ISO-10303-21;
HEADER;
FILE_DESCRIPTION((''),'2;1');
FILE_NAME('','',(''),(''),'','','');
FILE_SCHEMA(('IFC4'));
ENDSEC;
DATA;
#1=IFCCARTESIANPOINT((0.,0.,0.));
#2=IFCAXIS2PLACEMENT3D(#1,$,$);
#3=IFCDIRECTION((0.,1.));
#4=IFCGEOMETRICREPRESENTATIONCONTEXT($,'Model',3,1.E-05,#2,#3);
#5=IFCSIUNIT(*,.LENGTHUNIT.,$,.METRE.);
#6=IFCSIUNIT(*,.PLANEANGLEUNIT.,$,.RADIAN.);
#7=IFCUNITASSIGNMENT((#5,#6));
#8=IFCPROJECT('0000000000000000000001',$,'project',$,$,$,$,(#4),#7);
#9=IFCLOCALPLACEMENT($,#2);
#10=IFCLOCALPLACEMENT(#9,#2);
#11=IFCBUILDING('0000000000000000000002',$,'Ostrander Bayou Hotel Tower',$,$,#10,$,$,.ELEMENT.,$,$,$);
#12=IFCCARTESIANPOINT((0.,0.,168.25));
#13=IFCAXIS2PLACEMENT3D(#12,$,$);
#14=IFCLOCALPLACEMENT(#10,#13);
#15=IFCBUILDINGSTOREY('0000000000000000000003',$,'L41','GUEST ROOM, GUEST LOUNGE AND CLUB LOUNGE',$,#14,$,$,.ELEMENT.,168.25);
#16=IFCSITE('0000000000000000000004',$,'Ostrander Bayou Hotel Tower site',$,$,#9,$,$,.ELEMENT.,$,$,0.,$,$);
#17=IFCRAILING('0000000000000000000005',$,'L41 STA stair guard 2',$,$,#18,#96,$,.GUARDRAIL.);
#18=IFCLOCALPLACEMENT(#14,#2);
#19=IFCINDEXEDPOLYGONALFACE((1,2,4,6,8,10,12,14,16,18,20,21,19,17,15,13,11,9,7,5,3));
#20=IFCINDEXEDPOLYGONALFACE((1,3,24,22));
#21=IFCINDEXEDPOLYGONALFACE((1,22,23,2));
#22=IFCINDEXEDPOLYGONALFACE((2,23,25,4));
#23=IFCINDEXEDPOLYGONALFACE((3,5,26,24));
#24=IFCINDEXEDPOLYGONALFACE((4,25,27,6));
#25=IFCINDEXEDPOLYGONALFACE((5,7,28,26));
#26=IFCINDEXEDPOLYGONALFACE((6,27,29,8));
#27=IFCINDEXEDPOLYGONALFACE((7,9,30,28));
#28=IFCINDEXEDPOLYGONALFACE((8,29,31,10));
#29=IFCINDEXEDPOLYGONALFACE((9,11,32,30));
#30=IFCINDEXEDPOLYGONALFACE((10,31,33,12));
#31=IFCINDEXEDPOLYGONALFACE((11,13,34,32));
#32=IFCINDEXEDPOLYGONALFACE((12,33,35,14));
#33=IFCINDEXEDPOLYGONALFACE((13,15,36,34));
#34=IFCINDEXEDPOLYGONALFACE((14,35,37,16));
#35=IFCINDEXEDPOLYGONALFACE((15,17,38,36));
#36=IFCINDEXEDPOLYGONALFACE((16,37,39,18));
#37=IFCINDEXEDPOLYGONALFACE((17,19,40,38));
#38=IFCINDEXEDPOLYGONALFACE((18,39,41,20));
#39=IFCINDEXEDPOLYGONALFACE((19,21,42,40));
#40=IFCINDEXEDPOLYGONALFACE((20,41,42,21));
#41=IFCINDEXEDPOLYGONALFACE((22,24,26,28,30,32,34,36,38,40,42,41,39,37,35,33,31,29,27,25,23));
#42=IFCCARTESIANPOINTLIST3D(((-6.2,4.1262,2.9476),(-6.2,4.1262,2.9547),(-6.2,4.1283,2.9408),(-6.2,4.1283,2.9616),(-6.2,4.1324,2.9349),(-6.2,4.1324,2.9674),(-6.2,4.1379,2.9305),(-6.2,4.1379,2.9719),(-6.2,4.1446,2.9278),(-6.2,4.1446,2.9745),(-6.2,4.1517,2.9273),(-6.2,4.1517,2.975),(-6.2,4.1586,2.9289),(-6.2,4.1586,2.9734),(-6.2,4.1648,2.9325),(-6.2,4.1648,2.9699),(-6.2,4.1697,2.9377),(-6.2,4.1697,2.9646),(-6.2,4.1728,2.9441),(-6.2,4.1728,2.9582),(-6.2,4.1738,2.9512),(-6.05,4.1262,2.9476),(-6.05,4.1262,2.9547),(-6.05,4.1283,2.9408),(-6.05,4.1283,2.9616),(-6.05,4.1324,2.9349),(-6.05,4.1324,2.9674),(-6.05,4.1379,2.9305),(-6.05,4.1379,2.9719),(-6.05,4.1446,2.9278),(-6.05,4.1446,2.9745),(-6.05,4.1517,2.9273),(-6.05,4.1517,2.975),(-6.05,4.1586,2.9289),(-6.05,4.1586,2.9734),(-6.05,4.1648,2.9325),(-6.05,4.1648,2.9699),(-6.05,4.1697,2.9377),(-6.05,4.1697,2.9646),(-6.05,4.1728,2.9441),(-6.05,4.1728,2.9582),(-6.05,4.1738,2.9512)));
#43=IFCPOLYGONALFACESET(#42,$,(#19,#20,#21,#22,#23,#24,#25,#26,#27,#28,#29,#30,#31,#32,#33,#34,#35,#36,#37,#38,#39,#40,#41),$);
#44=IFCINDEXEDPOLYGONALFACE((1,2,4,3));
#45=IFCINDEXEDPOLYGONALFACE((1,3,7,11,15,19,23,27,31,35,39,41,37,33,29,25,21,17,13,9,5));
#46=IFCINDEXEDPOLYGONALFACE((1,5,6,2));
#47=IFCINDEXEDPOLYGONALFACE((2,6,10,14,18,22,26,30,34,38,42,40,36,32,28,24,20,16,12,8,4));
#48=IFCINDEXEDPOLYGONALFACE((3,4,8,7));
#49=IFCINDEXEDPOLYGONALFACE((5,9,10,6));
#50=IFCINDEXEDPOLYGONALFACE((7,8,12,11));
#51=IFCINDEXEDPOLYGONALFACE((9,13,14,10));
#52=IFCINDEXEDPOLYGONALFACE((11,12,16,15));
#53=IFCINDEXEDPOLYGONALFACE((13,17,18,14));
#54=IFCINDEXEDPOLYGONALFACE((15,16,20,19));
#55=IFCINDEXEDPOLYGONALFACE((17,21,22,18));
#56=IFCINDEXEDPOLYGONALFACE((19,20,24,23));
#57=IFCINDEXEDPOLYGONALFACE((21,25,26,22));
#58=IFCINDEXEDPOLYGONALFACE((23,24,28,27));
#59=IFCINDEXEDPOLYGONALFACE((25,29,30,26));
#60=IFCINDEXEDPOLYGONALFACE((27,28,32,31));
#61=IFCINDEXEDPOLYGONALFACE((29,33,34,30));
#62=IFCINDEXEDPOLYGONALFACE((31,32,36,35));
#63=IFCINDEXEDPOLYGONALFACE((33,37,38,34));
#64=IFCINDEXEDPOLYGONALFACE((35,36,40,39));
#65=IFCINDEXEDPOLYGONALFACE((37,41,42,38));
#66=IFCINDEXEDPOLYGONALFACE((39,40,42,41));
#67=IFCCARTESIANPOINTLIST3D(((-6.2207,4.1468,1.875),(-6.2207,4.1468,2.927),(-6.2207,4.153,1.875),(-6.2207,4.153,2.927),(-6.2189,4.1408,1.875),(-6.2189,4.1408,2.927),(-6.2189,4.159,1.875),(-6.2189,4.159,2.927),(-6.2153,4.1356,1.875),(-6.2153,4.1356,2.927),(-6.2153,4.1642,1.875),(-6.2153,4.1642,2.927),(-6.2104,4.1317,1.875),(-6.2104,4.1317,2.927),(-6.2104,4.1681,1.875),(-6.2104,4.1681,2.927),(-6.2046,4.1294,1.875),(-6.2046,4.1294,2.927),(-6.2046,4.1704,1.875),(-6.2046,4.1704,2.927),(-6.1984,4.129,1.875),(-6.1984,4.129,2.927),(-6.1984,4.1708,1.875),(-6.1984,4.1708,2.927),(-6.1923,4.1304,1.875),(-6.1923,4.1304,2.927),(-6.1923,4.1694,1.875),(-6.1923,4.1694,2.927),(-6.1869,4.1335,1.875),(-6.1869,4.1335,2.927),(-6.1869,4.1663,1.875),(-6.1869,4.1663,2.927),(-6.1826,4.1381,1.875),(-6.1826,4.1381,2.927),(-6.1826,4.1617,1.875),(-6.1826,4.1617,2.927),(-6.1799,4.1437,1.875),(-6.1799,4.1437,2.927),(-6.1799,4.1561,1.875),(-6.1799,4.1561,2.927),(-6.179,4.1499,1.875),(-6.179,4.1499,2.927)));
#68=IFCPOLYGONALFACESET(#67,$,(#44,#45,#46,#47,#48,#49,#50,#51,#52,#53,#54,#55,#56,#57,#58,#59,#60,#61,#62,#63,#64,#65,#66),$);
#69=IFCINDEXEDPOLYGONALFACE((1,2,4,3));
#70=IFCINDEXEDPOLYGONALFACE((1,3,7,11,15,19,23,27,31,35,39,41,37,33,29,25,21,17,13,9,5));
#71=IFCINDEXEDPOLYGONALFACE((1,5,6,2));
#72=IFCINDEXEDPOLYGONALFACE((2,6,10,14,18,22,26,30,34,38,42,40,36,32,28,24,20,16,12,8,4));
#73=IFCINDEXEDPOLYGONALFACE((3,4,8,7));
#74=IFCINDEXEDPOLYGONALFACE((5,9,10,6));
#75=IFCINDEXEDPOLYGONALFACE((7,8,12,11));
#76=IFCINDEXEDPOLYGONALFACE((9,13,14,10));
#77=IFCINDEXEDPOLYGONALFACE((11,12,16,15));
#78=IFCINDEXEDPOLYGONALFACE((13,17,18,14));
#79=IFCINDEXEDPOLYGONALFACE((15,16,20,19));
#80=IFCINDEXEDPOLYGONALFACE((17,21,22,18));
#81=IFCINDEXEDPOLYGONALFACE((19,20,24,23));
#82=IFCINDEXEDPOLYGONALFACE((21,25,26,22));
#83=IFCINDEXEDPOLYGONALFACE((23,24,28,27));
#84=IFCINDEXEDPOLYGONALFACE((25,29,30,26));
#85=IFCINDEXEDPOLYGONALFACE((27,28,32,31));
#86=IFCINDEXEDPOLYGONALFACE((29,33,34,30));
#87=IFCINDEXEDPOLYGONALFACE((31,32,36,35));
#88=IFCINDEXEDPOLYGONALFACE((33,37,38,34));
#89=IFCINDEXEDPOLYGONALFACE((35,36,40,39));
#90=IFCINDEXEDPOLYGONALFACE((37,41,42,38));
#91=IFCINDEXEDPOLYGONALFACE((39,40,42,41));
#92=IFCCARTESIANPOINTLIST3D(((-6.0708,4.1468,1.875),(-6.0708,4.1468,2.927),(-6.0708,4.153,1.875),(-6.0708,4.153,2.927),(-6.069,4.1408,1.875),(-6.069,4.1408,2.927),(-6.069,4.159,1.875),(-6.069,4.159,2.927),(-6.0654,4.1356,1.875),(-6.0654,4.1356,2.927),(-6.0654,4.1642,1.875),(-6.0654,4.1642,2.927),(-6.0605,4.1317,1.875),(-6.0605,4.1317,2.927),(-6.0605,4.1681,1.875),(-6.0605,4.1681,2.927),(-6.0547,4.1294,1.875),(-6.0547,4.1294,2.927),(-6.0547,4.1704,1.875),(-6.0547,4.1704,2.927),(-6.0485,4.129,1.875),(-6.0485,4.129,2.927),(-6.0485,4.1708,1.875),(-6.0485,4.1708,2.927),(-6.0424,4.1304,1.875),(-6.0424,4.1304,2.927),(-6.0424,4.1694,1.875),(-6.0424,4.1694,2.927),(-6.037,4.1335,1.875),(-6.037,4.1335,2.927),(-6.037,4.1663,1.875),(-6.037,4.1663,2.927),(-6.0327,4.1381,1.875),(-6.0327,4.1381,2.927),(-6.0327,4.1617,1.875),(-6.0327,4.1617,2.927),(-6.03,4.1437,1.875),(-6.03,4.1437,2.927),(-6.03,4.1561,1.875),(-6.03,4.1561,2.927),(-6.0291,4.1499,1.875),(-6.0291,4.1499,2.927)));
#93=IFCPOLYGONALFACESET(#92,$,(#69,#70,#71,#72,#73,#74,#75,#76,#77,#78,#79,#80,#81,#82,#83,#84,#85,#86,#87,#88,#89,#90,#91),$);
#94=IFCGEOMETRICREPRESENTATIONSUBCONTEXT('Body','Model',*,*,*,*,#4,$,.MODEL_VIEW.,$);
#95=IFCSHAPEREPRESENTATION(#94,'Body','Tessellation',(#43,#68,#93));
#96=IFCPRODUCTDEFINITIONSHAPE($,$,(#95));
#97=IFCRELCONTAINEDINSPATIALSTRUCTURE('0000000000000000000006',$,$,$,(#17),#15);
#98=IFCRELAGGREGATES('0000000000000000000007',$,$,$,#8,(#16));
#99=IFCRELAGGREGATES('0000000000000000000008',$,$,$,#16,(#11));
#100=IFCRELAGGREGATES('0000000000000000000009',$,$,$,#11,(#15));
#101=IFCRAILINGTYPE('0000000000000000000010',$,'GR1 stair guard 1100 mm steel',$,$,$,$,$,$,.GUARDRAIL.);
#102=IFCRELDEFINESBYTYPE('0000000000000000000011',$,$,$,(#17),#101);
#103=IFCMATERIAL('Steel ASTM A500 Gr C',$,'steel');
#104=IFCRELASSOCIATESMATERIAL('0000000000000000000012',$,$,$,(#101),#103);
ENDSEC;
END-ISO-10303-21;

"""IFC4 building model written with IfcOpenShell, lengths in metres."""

from ifc_helpers import new_model, si_unit, direction, frame, origin, origin_2d, place, context, subcontext, project, spatial, circle, extrude, material, type_object, element, save


model = new_model("IFC4")

# Units and contexts
model_context = context("Model", 3, precision=1e-05, world=origin(), true_north=direction((0.0, 1.0)))
body_context = subcontext(model_context, "Body", "Model", "MODEL_VIEW")
ifc_project = project(units=[si_unit("LENGTHUNIT", "METRE"), si_unit("PLANEANGLEUNIT", "RADIAN")], contexts=[model_context])

# Site, building, storey
site_placement = place(None, origin())
site = spatial("IfcSite", under=ifc_project, at=site_placement, Name="Ostrander Bayou Hotel Tower site", CompositionType="ELEMENT", RefElevation=0.0)
building_placement = place(site_placement, origin())
building = spatial("IfcBuilding", under=site, at=building_placement, Name="Ostrander Bayou Hotel Tower", CompositionType="ELEMENT")
storey_placement = place(building_placement, frame((0.0, 0.0, 168.25)))
storey = spatial("IfcBuildingStorey", under=building, at=storey_placement, Name="L41", Description="GUEST ROOM, GUEST LOUNGE AND CLUB LOUNGE", CompositionType="ELEMENT", Elevation=168.25)

# Railing
ifc_material_1 = material(Name="Steel ASTM A500 Gr C", Category="steel")
railing_type_1 = type_object("IfcRailingType", Name="GR1 stair guard 1100 mm steel", PredefinedType="GUARDRAIL", material=ifc_material_1)
railing_1_placement = place(storey_placement, frame((-6.2, 4.1499, 1.875)))
element("IfcRailing", 1, at=railing_1_placement, inside=storey, type_object=railing_type_1, Name="L41 STA stair guard 2", PredefinedType="GUARDRAIL", context=body_context, shape_type="SweptSolid", body=[
    extrude(circle(Radius=0.0239, at=origin_2d()), frame((0.0, 0.0, 1.0762), z_axis=(1.0, 0.0, 0.0), x_axis=(0.0, 1.0, 0.0)), (0.0, 0.0, 1.0), 0.1499),
    extrude(circle(Radius=0.021, at=origin_2d()), origin(), (0.0, 0.0, 1.0), 1.052),
    extrude(circle(Radius=0.021, at=origin_2d()), frame((0.1499, 0.0, 0.0)), (0.0, 0.0, 1.0), 1.052),
])

save(model, "model.ifc")
